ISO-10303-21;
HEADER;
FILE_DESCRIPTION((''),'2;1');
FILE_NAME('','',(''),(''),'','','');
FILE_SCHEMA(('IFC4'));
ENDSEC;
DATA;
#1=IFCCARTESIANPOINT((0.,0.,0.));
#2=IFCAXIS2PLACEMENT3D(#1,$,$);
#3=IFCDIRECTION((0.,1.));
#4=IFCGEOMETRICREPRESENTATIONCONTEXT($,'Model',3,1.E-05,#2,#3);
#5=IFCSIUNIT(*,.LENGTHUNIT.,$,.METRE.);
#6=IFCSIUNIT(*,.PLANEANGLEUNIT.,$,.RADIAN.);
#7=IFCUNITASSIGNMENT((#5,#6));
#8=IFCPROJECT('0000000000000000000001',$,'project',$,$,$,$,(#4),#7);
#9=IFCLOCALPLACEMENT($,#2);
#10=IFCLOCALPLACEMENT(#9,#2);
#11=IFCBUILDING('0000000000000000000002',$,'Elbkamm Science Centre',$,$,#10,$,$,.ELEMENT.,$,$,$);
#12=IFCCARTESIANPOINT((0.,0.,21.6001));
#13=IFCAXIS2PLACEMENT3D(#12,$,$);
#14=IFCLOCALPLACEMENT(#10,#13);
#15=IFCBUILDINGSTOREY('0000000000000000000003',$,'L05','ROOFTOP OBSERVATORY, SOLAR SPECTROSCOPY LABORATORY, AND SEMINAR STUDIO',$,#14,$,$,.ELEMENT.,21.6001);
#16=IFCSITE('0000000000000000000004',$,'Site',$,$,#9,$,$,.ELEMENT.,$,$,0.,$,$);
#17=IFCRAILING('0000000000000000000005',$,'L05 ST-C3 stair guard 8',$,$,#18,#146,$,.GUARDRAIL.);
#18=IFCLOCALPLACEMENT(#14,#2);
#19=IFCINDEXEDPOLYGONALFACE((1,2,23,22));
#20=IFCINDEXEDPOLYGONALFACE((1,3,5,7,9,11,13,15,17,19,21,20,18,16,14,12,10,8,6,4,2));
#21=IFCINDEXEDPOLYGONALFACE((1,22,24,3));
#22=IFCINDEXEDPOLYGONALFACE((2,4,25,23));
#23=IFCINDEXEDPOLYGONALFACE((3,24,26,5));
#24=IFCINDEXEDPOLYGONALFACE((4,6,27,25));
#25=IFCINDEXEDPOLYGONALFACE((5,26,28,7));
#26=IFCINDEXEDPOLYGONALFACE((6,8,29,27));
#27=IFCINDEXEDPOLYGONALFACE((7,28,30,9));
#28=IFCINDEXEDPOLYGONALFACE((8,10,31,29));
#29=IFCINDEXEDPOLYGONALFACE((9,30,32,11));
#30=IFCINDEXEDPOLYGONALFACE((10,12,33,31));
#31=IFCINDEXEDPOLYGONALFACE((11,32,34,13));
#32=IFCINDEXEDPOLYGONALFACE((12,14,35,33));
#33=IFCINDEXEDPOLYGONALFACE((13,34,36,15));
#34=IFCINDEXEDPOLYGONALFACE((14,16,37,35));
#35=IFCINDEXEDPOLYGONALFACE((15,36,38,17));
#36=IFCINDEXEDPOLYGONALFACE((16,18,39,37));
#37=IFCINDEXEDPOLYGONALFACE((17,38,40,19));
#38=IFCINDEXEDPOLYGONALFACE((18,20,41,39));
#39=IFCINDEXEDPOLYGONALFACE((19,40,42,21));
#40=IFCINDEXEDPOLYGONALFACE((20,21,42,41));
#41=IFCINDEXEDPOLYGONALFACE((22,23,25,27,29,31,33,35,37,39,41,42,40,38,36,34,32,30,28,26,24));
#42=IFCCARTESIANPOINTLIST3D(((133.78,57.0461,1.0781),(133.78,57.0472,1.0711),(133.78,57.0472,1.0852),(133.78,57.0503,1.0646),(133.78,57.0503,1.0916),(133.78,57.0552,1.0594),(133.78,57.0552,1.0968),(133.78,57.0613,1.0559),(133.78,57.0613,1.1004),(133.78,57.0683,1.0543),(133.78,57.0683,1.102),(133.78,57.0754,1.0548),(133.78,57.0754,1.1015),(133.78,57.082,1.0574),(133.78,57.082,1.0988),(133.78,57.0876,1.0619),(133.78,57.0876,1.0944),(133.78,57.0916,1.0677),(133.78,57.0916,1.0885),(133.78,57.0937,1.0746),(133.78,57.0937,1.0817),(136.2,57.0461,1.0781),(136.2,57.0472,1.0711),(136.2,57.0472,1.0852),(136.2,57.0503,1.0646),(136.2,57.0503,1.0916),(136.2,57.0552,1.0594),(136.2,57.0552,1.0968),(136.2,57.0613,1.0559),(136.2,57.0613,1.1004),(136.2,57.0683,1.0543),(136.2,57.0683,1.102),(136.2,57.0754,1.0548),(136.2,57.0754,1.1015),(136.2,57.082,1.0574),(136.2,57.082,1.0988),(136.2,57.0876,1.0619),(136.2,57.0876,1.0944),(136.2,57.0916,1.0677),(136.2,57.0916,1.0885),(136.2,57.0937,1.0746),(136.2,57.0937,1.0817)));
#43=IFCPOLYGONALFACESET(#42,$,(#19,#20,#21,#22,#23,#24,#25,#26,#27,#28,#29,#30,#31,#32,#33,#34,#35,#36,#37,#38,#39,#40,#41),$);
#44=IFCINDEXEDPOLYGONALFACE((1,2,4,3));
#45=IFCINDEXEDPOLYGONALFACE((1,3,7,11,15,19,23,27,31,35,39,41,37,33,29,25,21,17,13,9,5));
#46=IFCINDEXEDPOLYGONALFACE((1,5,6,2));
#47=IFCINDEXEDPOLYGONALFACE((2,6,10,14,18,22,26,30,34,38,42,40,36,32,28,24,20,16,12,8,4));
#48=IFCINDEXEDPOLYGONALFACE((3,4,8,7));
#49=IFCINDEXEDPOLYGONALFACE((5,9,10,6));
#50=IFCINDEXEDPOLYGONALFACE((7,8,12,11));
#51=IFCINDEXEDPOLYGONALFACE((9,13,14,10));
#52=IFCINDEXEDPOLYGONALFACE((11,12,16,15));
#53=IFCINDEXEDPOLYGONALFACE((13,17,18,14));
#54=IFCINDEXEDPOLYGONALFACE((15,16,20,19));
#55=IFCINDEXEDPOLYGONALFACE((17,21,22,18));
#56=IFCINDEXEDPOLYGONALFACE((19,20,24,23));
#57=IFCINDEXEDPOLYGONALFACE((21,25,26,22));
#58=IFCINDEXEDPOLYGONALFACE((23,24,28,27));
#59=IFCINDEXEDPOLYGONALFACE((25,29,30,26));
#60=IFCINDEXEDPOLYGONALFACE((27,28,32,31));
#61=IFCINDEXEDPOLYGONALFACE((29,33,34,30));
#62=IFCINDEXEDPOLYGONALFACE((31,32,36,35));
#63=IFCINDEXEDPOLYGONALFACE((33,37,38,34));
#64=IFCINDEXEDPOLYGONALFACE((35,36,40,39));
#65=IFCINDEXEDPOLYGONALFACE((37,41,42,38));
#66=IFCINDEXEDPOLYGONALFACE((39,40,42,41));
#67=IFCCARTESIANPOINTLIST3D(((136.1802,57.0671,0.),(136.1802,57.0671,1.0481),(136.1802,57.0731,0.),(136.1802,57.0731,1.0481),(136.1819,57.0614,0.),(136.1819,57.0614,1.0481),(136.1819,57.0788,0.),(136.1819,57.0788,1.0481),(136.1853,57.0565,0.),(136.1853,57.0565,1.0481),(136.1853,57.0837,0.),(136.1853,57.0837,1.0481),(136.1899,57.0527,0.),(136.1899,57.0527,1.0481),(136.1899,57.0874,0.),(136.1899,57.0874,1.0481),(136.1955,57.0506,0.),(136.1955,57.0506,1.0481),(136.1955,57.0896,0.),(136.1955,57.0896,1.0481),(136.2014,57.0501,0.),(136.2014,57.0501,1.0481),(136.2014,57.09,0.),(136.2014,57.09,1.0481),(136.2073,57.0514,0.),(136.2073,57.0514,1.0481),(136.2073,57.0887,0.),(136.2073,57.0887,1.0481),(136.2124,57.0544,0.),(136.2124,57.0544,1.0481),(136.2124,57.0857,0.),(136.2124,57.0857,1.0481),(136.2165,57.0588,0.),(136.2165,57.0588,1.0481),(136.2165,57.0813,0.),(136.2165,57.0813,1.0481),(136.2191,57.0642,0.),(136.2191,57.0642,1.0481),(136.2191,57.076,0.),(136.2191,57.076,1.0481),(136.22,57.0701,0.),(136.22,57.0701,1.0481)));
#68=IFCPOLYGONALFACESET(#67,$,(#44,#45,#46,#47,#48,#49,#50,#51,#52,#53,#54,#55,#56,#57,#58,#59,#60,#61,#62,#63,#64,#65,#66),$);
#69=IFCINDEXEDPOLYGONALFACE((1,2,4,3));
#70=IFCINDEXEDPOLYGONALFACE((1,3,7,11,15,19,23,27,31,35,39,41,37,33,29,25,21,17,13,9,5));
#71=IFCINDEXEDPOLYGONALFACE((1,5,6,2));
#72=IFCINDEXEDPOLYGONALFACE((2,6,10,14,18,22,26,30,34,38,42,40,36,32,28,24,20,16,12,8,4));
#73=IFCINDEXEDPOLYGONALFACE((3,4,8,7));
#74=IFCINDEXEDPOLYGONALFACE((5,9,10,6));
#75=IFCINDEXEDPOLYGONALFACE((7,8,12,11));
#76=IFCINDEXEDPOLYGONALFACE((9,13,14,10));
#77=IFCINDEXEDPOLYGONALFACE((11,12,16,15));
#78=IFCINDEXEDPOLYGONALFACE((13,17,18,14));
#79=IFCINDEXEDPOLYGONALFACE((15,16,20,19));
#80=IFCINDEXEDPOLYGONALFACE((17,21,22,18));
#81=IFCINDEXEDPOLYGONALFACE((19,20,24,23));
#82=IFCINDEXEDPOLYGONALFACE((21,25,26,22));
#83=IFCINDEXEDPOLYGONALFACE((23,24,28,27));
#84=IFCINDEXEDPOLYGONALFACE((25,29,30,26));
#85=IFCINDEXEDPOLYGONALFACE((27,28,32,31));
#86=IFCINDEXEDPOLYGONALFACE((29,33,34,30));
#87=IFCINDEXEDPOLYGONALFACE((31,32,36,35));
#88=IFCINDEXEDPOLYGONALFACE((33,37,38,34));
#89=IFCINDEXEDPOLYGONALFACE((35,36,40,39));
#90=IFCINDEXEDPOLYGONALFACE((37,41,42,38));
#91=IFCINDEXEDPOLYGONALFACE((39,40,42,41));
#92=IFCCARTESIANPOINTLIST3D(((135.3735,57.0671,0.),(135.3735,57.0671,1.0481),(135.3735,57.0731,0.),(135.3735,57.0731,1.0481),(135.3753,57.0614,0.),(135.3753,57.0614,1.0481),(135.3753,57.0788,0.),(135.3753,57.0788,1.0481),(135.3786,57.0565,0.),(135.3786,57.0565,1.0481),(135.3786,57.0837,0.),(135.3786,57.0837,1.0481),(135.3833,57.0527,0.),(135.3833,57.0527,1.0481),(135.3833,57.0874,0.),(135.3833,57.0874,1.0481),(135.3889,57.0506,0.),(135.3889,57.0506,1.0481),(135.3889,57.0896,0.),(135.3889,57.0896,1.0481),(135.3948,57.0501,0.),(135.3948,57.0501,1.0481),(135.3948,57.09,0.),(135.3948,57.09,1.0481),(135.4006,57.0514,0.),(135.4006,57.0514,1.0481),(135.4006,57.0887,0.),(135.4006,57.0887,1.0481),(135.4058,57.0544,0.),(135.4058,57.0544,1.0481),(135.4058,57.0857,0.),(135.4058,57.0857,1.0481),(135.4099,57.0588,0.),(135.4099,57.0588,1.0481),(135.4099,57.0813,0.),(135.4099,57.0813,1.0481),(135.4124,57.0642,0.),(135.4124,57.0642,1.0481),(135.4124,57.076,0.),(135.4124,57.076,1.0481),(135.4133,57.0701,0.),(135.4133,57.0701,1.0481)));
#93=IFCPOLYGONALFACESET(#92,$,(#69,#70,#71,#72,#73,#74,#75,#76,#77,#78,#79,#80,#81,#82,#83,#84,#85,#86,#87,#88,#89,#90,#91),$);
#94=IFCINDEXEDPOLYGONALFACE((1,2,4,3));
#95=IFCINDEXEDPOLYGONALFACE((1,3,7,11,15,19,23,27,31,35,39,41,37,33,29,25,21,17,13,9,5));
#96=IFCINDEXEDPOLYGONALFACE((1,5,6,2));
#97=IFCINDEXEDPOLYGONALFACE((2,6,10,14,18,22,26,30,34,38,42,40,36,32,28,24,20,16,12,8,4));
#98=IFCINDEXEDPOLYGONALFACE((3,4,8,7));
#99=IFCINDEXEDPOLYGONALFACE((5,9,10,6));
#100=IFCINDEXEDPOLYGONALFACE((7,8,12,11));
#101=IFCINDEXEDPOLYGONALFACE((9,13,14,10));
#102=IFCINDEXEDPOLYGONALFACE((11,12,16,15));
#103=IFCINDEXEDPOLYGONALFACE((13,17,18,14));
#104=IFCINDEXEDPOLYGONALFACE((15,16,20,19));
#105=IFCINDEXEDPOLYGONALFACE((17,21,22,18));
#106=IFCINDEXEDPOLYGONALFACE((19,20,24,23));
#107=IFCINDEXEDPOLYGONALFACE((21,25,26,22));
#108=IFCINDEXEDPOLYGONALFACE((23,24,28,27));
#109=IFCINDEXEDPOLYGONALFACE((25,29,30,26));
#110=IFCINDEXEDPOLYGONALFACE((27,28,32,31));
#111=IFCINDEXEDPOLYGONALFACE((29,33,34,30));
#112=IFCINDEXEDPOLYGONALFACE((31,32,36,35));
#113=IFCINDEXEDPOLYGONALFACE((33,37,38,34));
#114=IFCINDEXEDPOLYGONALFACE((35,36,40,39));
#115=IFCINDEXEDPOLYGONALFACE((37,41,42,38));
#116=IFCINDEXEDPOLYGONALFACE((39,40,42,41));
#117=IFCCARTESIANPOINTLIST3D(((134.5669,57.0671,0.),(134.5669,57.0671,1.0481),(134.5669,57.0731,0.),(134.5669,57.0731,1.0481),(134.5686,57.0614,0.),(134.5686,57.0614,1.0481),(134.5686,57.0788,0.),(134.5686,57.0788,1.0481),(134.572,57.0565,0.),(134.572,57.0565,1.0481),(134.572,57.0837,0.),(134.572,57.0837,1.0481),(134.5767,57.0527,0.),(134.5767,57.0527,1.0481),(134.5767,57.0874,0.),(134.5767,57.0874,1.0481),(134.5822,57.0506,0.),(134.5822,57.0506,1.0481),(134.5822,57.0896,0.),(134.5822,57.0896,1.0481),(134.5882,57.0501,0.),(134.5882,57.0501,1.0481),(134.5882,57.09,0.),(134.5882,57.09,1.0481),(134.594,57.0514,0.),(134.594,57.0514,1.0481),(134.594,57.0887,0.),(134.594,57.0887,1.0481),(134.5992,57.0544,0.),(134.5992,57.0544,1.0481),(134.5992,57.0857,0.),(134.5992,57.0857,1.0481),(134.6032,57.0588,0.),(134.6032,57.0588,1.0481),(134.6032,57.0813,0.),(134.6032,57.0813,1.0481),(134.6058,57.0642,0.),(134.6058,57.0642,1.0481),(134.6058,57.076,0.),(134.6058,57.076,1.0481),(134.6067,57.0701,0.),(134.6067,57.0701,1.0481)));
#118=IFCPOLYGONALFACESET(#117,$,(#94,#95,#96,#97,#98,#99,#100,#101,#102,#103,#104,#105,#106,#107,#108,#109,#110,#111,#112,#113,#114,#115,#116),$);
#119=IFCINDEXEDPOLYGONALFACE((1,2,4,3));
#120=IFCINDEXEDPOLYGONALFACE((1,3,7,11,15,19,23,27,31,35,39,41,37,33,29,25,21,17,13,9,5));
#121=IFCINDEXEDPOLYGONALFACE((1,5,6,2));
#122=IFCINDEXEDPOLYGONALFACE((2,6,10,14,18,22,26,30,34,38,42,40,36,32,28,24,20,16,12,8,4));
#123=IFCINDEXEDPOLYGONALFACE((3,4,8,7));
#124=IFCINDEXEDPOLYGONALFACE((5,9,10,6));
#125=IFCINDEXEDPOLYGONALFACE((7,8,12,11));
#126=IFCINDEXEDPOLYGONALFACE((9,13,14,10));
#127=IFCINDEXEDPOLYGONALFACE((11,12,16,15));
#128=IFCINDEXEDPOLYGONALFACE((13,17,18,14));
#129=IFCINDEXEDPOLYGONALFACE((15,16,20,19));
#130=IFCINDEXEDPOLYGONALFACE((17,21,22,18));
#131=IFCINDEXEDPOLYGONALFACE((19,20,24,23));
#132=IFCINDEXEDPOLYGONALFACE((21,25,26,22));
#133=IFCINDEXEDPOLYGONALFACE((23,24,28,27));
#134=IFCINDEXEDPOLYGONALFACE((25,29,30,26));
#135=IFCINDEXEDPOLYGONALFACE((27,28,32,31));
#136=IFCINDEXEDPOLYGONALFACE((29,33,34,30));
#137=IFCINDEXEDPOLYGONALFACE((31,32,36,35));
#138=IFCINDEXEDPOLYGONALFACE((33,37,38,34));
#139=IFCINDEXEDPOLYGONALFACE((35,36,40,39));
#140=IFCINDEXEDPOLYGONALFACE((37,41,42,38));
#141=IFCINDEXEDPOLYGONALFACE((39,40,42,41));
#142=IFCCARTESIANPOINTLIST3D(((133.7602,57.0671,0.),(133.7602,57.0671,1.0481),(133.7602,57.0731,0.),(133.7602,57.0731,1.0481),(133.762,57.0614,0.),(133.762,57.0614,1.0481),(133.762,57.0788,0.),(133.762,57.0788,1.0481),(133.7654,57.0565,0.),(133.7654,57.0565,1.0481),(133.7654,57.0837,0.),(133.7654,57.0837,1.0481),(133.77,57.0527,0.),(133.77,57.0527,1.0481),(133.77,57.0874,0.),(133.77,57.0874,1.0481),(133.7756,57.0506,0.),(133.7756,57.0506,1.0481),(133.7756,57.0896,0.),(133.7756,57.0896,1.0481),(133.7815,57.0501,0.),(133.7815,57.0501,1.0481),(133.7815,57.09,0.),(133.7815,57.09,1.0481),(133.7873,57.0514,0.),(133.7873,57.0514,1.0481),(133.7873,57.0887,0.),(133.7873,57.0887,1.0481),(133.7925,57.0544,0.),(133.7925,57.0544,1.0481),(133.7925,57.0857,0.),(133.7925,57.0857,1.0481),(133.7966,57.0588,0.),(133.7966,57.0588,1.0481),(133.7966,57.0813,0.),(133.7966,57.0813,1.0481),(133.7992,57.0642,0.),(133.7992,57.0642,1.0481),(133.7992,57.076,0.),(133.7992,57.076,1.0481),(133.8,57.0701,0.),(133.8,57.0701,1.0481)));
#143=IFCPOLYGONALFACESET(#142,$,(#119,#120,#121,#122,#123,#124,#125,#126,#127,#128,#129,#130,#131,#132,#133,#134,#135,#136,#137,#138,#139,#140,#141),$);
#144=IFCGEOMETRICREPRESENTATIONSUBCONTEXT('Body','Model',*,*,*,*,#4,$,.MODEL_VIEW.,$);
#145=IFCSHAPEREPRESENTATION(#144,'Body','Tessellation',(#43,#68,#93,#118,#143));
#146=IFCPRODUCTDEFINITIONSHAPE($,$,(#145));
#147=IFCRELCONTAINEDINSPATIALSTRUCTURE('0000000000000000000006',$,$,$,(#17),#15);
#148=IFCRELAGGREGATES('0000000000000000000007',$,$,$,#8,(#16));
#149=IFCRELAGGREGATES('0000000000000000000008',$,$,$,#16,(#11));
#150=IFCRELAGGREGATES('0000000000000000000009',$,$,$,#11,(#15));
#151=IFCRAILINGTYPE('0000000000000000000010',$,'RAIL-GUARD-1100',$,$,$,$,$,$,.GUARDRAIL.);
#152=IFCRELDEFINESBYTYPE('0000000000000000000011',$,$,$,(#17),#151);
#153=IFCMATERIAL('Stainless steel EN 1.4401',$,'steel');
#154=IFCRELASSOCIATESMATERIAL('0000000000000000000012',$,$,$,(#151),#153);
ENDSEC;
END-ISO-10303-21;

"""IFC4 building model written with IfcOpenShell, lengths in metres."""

from ifc_helpers import new_model, si_unit, direction, frame, origin, origin_2d, place, context, subcontext, project, spatial, circle, extrude, material, type_object, element, save


model = new_model("IFC4")

# Units and contexts
model_context = context("Model", 3, precision=1e-05, world=origin(), true_north=direction((0.0, 1.0)))
body_context = subcontext(model_context, "Body", "Model", "MODEL_VIEW")
ifc_project = project(units=[si_unit("LENGTHUNIT", "METRE"), si_unit("PLANEANGLEUNIT", "RADIAN")], contexts=[model_context])

# Site, building, storey
site_placement = place(None, origin())
site = spatial("IfcSite", under=ifc_project, at=site_placement, Name="Site", CompositionType="ELEMENT", RefElevation=0.0)
building_placement = place(site_placement, origin())
building = spatial("IfcBuilding", under=site, at=building_placement, Name="Elbkamm Science Centre", CompositionType="ELEMENT")
storey_placement = place(building_placement, frame((0.0, 0.0, 21.6001)))
storey = spatial("IfcBuildingStorey", under=building, at=storey_placement, Name="L05", Description="ROOFTOP OBSERVATORY, SOLAR SPECTROSCOPY LABORATORY, AND SEMINAR STUDIO", CompositionType="ELEMENT", Elevation=21.6001)

# Railing
ifc_material_1 = material(Name="Stainless steel EN 1.4401", Category="steel")
railing_type_1 = type_object("IfcRailingType", Name="RAIL-GUARD-1100", PredefinedType="GUARDRAIL", material=ifc_material_1)
for number, where, name in (
    (1, (136.2, 57.0701, 0.0), "L05 ST-C3 stair guard 8"),
):
    element("IfcRailing", number, at=place(storey_placement, frame(where)), inside=storey, type_object=railing_type_1, Name=name, PredefinedType="GUARDRAIL", context=body_context, shape_type="SweptSolid", body=[
        extrude(circle(Radius=0.0239, at=origin_2d()), frame((0.0, 0.0, 1.0781), z_axis=(-1.0, 0.0, 0.0), x_axis=(0.0, -1.0, 0.0)), (0.0, 0.0, 1.0), 2.4199),
        extrude(circle(Radius=0.02, at=origin_2d()), origin(), (0.0, 0.0, 1.0), 1.0481),
        extrude(circle(Radius=0.02, at=origin_2d()), frame((-0.8066, 0.0, 0.0)), (0.0, 0.0, 1.0), 1.0481),
        extrude(circle(Radius=0.02, at=origin_2d()), frame((-1.6133, 0.0, 0.0)), (0.0, 0.0, 1.0), 1.0481),
        extrude(circle(Radius=0.02, at=origin_2d()), frame((-2.4199, 0.0, 0.0)), (0.0, 0.0, 1.0), 1.0481),
    ])

save(model, "model.ifc")
